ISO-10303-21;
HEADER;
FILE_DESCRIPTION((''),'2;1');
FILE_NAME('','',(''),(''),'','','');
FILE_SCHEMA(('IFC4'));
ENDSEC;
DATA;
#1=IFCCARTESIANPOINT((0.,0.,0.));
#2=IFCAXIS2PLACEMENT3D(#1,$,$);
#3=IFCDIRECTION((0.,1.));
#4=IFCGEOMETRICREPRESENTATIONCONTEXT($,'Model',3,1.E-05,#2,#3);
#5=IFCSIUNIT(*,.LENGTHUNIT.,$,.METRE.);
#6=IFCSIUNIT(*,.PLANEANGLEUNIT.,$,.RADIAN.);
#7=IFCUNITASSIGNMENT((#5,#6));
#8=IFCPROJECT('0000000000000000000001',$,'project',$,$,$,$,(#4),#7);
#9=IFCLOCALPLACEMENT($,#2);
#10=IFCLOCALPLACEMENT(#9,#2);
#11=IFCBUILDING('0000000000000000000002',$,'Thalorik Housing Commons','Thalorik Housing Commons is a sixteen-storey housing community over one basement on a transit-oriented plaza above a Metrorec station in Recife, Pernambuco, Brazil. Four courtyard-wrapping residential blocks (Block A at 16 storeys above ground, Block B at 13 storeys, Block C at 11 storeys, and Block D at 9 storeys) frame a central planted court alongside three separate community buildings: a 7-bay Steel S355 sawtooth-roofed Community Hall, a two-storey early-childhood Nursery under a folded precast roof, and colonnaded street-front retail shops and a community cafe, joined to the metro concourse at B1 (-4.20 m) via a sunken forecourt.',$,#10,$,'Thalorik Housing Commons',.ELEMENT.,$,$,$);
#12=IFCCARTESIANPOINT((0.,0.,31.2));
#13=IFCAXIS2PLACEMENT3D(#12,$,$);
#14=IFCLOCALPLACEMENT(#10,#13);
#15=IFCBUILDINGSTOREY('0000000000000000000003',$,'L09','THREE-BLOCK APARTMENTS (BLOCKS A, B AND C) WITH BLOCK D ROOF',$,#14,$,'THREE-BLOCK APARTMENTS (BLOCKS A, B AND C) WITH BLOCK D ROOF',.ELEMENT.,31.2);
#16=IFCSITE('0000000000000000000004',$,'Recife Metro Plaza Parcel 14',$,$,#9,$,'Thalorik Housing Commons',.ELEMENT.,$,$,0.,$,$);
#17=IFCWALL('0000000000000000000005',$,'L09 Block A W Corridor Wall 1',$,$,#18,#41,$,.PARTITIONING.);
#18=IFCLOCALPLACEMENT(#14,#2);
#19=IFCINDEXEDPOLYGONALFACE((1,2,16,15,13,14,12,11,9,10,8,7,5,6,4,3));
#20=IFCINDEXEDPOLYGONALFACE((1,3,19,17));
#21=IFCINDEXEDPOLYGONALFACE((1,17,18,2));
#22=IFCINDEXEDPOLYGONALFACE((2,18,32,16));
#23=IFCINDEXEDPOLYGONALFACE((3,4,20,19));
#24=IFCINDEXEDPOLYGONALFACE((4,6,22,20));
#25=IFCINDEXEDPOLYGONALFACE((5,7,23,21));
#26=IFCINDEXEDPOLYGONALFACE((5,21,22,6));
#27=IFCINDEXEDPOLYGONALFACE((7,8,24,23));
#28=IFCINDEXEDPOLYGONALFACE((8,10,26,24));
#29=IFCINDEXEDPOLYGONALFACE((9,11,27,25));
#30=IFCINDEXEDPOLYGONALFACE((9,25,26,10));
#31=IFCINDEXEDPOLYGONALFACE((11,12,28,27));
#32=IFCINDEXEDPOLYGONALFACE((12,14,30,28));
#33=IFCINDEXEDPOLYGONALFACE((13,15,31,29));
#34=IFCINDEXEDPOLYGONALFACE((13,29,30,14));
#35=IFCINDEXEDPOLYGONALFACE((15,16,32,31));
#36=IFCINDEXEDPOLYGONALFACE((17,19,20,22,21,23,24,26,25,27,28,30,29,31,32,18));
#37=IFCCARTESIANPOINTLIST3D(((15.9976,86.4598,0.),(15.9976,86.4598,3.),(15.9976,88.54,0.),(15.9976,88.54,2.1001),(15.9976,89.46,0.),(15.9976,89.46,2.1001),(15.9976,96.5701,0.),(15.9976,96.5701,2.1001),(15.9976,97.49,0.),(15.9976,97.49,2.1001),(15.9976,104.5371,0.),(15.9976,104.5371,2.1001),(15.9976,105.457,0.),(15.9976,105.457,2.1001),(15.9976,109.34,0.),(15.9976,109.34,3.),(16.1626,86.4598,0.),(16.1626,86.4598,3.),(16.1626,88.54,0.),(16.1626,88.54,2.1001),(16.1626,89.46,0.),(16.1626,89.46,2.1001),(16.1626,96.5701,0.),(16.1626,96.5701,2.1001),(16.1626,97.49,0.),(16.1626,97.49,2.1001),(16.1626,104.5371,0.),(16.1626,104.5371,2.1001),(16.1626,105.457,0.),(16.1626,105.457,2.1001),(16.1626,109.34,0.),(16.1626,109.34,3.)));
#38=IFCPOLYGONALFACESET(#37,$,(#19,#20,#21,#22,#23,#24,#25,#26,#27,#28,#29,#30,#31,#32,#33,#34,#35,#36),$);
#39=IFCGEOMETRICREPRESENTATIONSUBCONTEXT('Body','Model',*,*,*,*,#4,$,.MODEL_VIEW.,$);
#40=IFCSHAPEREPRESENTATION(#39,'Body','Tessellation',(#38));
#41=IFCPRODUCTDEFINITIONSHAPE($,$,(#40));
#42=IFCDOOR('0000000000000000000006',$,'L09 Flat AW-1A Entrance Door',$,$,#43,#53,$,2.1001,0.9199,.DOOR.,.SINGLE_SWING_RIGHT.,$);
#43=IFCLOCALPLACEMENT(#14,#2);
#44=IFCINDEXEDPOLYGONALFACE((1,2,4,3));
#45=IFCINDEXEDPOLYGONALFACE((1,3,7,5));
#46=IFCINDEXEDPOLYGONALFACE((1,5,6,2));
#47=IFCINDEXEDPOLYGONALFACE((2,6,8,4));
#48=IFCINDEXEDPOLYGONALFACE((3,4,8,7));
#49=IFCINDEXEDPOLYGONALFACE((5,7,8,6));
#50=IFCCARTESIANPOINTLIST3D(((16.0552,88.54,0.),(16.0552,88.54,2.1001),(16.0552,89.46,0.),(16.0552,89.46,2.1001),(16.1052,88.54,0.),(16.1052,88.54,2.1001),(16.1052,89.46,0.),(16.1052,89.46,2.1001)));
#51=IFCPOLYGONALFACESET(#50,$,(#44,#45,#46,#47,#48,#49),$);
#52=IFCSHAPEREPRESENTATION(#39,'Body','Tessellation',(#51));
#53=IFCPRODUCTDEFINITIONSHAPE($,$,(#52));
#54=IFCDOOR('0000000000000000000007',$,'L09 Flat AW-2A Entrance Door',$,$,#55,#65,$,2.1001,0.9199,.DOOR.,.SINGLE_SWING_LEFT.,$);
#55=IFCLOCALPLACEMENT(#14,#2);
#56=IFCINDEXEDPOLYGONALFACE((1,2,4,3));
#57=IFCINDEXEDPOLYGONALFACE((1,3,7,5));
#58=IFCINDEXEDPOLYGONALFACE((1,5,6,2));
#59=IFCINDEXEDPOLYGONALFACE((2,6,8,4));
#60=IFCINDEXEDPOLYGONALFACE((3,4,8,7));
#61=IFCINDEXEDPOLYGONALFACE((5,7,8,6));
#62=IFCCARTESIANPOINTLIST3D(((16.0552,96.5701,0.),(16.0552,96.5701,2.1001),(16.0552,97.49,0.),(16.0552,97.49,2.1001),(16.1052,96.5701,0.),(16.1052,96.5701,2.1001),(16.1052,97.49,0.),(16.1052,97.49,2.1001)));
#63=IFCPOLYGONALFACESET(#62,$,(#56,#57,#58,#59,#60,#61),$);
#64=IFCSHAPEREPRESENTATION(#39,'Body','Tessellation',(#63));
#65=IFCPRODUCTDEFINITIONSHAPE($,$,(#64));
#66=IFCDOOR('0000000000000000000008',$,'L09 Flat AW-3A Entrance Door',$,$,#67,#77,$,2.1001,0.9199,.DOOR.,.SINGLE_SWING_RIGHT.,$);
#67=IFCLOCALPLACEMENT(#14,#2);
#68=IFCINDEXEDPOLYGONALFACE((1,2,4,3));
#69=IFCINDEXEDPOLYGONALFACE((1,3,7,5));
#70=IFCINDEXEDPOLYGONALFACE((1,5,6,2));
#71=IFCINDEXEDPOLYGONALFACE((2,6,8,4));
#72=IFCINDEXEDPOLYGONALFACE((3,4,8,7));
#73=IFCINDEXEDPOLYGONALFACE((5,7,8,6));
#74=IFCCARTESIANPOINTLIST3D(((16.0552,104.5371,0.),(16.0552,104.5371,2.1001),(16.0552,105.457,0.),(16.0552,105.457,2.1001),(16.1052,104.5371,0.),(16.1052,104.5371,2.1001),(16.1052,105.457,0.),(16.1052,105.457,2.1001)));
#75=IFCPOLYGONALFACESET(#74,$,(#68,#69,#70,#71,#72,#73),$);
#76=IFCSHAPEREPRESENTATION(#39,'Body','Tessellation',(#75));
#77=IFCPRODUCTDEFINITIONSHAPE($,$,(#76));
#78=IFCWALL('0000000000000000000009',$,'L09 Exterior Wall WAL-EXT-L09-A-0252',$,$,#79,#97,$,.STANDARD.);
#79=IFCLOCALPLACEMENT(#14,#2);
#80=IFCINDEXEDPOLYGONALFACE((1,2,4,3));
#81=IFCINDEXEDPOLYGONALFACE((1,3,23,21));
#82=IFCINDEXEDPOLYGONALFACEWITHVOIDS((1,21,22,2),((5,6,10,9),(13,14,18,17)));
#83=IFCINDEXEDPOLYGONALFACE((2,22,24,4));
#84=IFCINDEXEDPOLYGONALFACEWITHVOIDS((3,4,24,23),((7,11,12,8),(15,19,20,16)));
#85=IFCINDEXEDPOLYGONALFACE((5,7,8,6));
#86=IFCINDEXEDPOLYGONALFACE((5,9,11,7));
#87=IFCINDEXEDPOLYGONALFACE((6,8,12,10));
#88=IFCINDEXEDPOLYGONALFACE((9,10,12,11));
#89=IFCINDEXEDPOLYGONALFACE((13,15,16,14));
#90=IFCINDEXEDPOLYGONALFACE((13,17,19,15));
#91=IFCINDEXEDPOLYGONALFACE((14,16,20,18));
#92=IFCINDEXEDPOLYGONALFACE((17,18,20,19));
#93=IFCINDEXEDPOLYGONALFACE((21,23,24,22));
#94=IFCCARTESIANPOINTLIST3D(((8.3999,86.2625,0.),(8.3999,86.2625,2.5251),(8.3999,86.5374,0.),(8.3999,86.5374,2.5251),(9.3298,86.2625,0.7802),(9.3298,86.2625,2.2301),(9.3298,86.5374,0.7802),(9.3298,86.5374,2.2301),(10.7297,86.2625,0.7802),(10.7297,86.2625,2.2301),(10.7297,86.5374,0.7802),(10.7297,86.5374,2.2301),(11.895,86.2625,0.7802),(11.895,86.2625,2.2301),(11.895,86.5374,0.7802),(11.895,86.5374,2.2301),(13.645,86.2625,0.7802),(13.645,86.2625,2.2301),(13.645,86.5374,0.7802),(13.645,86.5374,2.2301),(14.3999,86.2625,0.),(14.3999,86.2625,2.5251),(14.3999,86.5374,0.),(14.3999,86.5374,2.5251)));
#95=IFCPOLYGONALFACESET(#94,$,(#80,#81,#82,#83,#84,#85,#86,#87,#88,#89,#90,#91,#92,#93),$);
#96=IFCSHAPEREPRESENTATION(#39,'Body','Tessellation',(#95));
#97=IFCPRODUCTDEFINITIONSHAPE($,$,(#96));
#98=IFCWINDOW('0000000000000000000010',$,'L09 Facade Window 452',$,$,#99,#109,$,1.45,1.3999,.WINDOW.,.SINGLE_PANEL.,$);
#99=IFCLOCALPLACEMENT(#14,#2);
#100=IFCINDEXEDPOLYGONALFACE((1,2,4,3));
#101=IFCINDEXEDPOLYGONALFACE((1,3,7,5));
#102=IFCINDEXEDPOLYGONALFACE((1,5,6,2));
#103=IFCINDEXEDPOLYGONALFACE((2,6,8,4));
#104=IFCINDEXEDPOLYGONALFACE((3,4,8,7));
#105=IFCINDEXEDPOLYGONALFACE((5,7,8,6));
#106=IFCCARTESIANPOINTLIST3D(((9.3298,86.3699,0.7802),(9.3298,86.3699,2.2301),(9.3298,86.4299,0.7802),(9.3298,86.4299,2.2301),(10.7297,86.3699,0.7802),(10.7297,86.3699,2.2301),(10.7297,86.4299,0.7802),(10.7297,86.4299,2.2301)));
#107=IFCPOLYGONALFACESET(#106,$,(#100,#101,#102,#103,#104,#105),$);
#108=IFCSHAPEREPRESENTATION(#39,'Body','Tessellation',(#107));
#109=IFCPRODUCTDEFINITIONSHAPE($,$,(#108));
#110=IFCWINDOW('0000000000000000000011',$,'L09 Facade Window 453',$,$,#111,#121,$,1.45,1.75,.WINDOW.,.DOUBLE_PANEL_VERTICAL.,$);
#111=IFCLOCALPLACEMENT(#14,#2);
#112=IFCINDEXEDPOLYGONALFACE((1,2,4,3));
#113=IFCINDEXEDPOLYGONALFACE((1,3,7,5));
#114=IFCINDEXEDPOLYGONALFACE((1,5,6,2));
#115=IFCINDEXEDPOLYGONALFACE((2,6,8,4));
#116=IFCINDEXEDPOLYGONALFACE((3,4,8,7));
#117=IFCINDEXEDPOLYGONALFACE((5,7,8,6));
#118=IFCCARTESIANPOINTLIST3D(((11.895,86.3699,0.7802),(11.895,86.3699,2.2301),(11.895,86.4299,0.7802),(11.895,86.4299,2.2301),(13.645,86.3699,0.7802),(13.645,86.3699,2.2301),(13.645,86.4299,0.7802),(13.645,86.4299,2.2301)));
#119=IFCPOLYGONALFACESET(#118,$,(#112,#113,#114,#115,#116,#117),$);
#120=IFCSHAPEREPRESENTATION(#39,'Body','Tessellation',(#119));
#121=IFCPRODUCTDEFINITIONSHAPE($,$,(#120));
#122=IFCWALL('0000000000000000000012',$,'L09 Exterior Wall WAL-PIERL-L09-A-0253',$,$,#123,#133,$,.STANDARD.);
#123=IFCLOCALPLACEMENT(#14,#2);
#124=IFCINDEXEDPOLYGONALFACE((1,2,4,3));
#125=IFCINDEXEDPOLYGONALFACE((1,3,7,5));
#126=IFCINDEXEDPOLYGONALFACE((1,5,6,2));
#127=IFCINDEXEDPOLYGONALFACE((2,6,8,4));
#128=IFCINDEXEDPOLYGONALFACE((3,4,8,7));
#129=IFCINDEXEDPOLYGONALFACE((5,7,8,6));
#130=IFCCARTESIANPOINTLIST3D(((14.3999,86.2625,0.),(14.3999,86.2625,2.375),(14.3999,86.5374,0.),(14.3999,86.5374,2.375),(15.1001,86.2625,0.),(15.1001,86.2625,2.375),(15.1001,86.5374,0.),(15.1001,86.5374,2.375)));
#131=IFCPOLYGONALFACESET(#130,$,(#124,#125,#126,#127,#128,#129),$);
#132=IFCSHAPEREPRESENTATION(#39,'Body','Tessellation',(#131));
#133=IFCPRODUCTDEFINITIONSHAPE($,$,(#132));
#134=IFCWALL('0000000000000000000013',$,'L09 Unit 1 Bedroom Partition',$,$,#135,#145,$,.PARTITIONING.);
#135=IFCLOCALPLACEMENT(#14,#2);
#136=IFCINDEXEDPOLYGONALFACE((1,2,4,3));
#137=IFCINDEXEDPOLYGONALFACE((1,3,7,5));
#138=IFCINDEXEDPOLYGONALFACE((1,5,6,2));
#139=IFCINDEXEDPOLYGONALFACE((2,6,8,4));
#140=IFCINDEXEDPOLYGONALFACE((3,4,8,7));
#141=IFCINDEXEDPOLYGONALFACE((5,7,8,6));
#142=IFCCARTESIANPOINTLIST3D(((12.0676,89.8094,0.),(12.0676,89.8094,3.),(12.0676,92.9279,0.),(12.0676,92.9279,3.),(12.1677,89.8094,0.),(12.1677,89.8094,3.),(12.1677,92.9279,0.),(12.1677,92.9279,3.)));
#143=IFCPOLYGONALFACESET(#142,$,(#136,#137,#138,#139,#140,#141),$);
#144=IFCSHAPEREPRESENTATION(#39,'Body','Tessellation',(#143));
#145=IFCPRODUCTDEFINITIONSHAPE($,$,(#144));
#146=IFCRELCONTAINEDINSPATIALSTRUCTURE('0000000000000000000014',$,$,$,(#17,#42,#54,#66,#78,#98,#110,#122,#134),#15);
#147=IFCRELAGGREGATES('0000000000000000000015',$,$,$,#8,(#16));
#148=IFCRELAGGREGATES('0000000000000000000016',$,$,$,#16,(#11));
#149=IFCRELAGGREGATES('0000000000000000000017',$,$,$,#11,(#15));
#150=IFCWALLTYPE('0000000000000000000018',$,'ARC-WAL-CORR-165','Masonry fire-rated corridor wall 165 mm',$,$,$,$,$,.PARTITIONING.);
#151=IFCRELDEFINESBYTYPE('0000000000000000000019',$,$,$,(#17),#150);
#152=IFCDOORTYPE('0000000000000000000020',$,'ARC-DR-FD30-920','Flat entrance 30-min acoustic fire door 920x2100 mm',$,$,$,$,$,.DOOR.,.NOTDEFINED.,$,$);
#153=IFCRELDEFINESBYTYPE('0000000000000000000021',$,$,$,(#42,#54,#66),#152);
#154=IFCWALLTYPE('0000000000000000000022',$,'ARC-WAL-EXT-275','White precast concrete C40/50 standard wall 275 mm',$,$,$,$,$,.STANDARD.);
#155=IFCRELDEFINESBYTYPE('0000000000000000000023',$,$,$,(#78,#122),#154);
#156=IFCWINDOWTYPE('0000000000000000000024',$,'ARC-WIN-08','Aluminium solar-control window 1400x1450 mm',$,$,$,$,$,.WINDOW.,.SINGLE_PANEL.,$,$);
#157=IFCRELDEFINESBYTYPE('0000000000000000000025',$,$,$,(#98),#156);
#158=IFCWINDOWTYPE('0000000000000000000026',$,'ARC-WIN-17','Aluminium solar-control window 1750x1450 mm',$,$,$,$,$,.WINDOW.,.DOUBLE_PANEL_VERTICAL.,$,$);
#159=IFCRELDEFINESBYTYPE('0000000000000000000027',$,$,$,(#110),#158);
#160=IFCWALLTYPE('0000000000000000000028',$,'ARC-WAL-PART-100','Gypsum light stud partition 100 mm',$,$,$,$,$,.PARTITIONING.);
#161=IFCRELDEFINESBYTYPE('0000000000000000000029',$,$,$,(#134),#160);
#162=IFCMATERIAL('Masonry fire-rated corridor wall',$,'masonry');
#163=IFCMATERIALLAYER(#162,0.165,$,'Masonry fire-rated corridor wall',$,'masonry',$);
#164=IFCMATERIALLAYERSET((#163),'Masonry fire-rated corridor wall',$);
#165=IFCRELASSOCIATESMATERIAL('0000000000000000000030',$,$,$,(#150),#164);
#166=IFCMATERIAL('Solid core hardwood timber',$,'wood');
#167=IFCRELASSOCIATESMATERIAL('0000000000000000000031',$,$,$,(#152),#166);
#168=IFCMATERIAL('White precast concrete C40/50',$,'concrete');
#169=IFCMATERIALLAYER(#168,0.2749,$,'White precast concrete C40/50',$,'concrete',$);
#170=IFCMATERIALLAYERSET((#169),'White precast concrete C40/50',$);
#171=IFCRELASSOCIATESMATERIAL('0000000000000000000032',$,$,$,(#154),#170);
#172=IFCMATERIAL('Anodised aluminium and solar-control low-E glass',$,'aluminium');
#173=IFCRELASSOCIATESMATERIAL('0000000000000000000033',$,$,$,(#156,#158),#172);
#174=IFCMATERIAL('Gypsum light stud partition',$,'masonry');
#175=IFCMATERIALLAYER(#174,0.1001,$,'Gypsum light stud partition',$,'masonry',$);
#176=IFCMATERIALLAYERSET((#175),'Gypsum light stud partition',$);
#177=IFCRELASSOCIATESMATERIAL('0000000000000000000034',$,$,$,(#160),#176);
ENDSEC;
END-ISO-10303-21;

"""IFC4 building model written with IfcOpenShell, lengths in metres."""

from ifc_helpers import new_model, si_unit, direction, frame, frame_2d, origin, place, context, subcontext, project, spatial, rectangle, extrude, material, layer, layer_set, type_object, element, fill, save


model = new_model("IFC4")

# Units and contexts
model_context = context("Model", 3, precision=1e-05, world=origin(), true_north=direction((0.0, 1.0)))
body_context = subcontext(model_context, "Body", "Model", "MODEL_VIEW")
ifc_project = project(units=[si_unit("LENGTHUNIT", "METRE"), si_unit("PLANEANGLEUNIT", "RADIAN")], contexts=[model_context])

# Site, building, storey
site_placement = place(None, origin())
site = spatial("IfcSite", under=ifc_project, at=site_placement, Name="Recife Metro Plaza Parcel 14", LongName="Thalorik Housing Commons", CompositionType="ELEMENT", RefElevation=0.0)
building_placement = place(site_placement, origin())
building = spatial("IfcBuilding", under=site, at=building_placement, Name="Thalorik Housing Commons", Description="Thalorik Housing Commons is a sixteen-storey housing community over one basement on a transit-oriented plaza above a Metrorec station in Recife, Pernambuco, Brazil. Four courtyard-wrapping residential blocks (Block A at 16 storeys above ground, Block B at 13 storeys, Block C at 11 storeys, and Block D at 9 storeys) frame a central planted court alongside three separate community buildings: a 7-bay Steel S355 sawtooth-roofed Community Hall, a two-storey early-childhood Nursery under a folded precast roof, and colonnaded street-front retail shops and a community cafe, joined to the metro concourse at B1 (-4.20 m) via a sunken forecourt.", LongName="Thalorik Housing Commons", CompositionType="ELEMENT")
storey_placement = place(building_placement, frame((0.0, 0.0, 31.2)))
storey = spatial("IfcBuildingStorey", under=building, at=storey_placement, Name="L09", Description="THREE-BLOCK APARTMENTS (BLOCKS A, B AND C) WITH BLOCK D ROOF", LongName="THREE-BLOCK APARTMENTS (BLOCKS A, B AND C) WITH BLOCK D ROOF", CompositionType="ELEMENT", Elevation=31.2)

# Shared definitions
ifc_material_1 = material(Name="Anodised aluminium and solar-control low-E glass", Category="aluminium")

# Wall, openings, doors
ifc_material_2 = material(Name="Masonry fire-rated corridor wall", Category="masonry")
ifc_layer_1 = layer(ifc_material_2, 0.165, Name="Masonry fire-rated corridor wall", Category="masonry")
ifc_layer_set_1 = layer_set([ifc_layer_1], Name="Masonry fire-rated corridor wall")
wall_type_1 = type_object("IfcWallType", Name="ARC-WAL-CORR-165", Description="Masonry fire-rated corridor wall 165 mm", PredefinedType="PARTITIONING", material=ifc_layer_set_1)
wall_1_placement = place(storey_placement, frame((16.0801, 86.46, 0.0), z_axis=(0.0, 0.0, 1.0), x_axis=(0.0, 1.0, 0.0)))
wall_1 = element("IfcWall", 1, at=wall_1_placement, inside=storey, type_object=wall_type_1, Name="L09 Block A W Corridor Wall 1", PredefinedType="PARTITIONING", context=body_context, shape_type="SweptSolid", body=[
    extrude(rectangle(XDim=22.8801, YDim=0.165, at=frame_2d((11.4399, 0.0))), origin(), (0.0, 0.0, 1.0), 3.0),
])
opening_1_placement = place(wall_1_placement, frame((2.0801, 0.0, 0.0)))
opening_1 = element("IfcOpeningElement", 2, at=opening_1_placement, cuts=wall_1, PredefinedType="OPENING", context=body_context, shape_type="SweptSolid", body=[
    extrude(rectangle(XDim=0.9199, YDim=2.1001, at=frame_2d((0.46, 1.05))), frame((0.0, 0.0925, 0.0), z_axis=(0.0, -1.0, 0.0), x_axis=(1.0, 0.0, 0.0)), (0.0, 0.0, 1.0), 0.1851),
])
opening_2_placement = place(wall_1_placement, frame((10.1101, 0.0, 0.0)))
opening_2 = element("IfcOpeningElement", 3, at=opening_2_placement, cuts=wall_1, PredefinedType="OPENING", context=body_context, shape_type="SweptSolid", body=[
    extrude(rectangle(XDim=0.9199, YDim=2.1001, at=frame_2d((0.46, 1.05))), frame((0.0, 0.0925, 0.0), z_axis=(0.0, -1.0, 0.0), x_axis=(1.0, 0.0, 0.0)), (0.0, 0.0, 1.0), 0.1851),
])
opening_3_placement = place(wall_1_placement, frame((18.0771, 0.0, 0.0)))
opening_3 = element("IfcOpeningElement", 4, at=opening_3_placement, cuts=wall_1, PredefinedType="OPENING", context=body_context, shape_type="SweptSolid", body=[
    extrude(rectangle(XDim=0.9199, YDim=2.1001, at=frame_2d((0.46, 1.05))), frame((0.0, 0.0925, 0.0), z_axis=(0.0, -1.0, 0.0), x_axis=(1.0, 0.0, 0.0)), (0.0, 0.0, 1.0), 0.1851),
])
ifc_material_3 = material(Name="Solid core hardwood timber", Category="wood")
door_type_1 = type_object("IfcDoorType", Name="ARC-DR-FD30-920", Description="Flat entrance 30-min acoustic fire door 920x2100 mm", OperationType="NOTDEFINED", PredefinedType="DOOR", material=ifc_material_3)
door_1_placement = place(opening_1_placement, origin())
door_1 = element("IfcDoor", 5, at=door_1_placement, inside=storey, type_object=door_type_1, Name="L09 Flat AW-1A Entrance Door", OperationType="SINGLE_SWING_RIGHT", OverallHeight=2.1001, OverallWidth=0.9199, PredefinedType="DOOR", context=body_context, shape_type="SweptSolid", body=[
    extrude(rectangle(XDim=0.9199, YDim=2.1001, at=frame_2d((0.46, 1.05))), frame((0.0, 0.0249, 0.0), z_axis=(0.0, -1.0, 0.0), x_axis=(1.0, 0.0, 0.0)), (0.0, 0.0, 1.0), 0.05),
])
fill(opening_1, door_1)
door_2_placement = place(opening_2_placement, origin())
door_2 = element("IfcDoor", 6, at=door_2_placement, inside=storey, type_object=door_type_1, Name="L09 Flat AW-2A Entrance Door", OperationType="SINGLE_SWING_LEFT", OverallHeight=2.1001, OverallWidth=0.9199, PredefinedType="DOOR", context=body_context, shape_type="SweptSolid", body=[
    extrude(rectangle(XDim=0.9199, YDim=2.1001, at=frame_2d((0.46, 1.05))), frame((0.0, 0.0249, 0.0), z_axis=(0.0, -1.0, 0.0), x_axis=(1.0, 0.0, 0.0)), (0.0, 0.0, 1.0), 0.05),
])
fill(opening_2, door_2)
door_3_placement = place(opening_3_placement, origin())
door_3 = element("IfcDoor", 7, at=door_3_placement, inside=storey, type_object=door_type_1, Name="L09 Flat AW-3A Entrance Door", OperationType="SINGLE_SWING_RIGHT", OverallHeight=2.1001, OverallWidth=0.9199, PredefinedType="DOOR", context=body_context, shape_type="SweptSolid", body=[
    extrude(rectangle(XDim=0.9199, YDim=2.1001, at=frame_2d((0.46, 1.05))), frame((0.0, 0.0249, 0.0), z_axis=(0.0, -1.0, 0.0), x_axis=(1.0, 0.0, 0.0)), (0.0, 0.0, 1.0), 0.05),
])
fill(opening_3, door_3)

# Wall, openings, windows
ifc_material_4 = material(Name="White precast concrete C40/50", Category="concrete")
ifc_layer_2 = layer(ifc_material_4, 0.2749, Name="White precast concrete C40/50", Category="concrete")
ifc_layer_set_2 = layer_set([ifc_layer_2], Name="White precast concrete C40/50")
wall_type_2 = type_object("IfcWallType", Name="ARC-WAL-EXT-275", Description="White precast concrete C40/50 standard wall 275 mm", PredefinedType="STANDARD", material=ifc_layer_set_2)
wall_2_placement = place(storey_placement, frame((8.3999, 86.3999, 0.0), z_axis=(0.0, 0.0, 1.0), x_axis=(1.0, 0.0, 0.0)))
wall_2 = element("IfcWall", 8, at=wall_2_placement, inside=storey, type_object=wall_type_2, Name="L09 Exterior Wall WAL-EXT-L09-A-0252", PredefinedType="STANDARD", context=body_context, shape_type="SweptSolid", body=[
    extrude(rectangle(XDim=6.0, YDim=0.2749, at=frame_2d((3.0, 0.0))), origin(), (0.0, 0.0, 1.0), 2.5251),
])
opening_4_placement = place(wall_2_placement, frame((0.9299, 0.0, 0.78)))
opening_4 = element("IfcOpeningElement", 9, at=opening_4_placement, cuts=wall_2, PredefinedType="OPENING", context=body_context, shape_type="SweptSolid", body=[
    extrude(rectangle(XDim=1.3999, YDim=1.45, at=frame_2d((0.7, 0.7251))), frame((0.0, 0.1475, 0.0), z_axis=(0.0, -1.0, 0.0), x_axis=(1.0, 0.0, 0.0)), (0.0, 0.0, 1.0), 0.2949),
])
opening_5_placement = place(wall_2_placement, frame((3.4951, 0.0, 0.78)))
opening_5 = element("IfcOpeningElement", 10, at=opening_5_placement, cuts=wall_2, PredefinedType="OPENING", context=body_context, shape_type="SweptSolid", body=[
    extrude(rectangle(XDim=1.75, YDim=1.45, at=frame_2d((0.875, 0.7251))), frame((0.0, 0.1475, 0.0), z_axis=(0.0, -1.0, 0.0), x_axis=(1.0, 0.0, 0.0)), (0.0, 0.0, 1.0), 0.2949),
])
window_type_1 = type_object("IfcWindowType", Name="ARC-WIN-08", Description="Aluminium solar-control window 1400x1450 mm", PartitioningType="SINGLE_PANEL", PredefinedType="WINDOW", material=ifc_material_1)
window_1_placement = place(opening_4_placement, origin())
window_1 = element("IfcWindow", 11, at=window_1_placement, inside=storey, type_object=window_type_1, Name="L09 Facade Window 452", OverallHeight=1.45, OverallWidth=1.3999, PartitioningType="SINGLE_PANEL", PredefinedType="WINDOW", context=body_context, shape_type="SweptSolid", body=[
    extrude(rectangle(XDim=1.3999, YDim=1.45, at=frame_2d((0.7, 0.7251))), frame((0.0, 0.03, 0.0), z_axis=(0.0, -1.0, 0.0), x_axis=(1.0, 0.0, 0.0)), (0.0, 0.0, 1.0), 0.0601),
])
fill(opening_4, window_1)
window_type_2 = type_object("IfcWindowType", Name="ARC-WIN-17", Description="Aluminium solar-control window 1750x1450 mm", PartitioningType="DOUBLE_PANEL_VERTICAL", PredefinedType="WINDOW", material=ifc_material_1)
window_2_placement = place(opening_5_placement, origin())
window_2 = element("IfcWindow", 12, at=window_2_placement, inside=storey, type_object=window_type_2, Name="L09 Facade Window 453", OverallHeight=1.45, OverallWidth=1.75, PartitioningType="DOUBLE_PANEL_VERTICAL", PredefinedType="WINDOW", context=body_context, shape_type="SweptSolid", body=[
    extrude(rectangle(XDim=1.75, YDim=1.45, at=frame_2d((0.875, 0.7251))), frame((0.0, 0.03, 0.0), z_axis=(0.0, -1.0, 0.0), x_axis=(1.0, 0.0, 0.0)), (0.0, 0.0, 1.0), 0.0601),
])
fill(opening_5, window_2)

# Walls
wall_3_placement = place(storey_placement, frame((14.3999, 86.3999, 0.0), z_axis=(0.0, 0.0, 1.0), x_axis=(1.0, 0.0, 0.0)))
element("IfcWall", 13, at=wall_3_placement, inside=storey, type_object=wall_type_2, Name="L09 Exterior Wall WAL-PIERL-L09-A-0253", PredefinedType="STANDARD", context=body_context, shape_type="SweptSolid", body=[
    extrude(rectangle(XDim=0.7002, YDim=0.2749, at=frame_2d((0.3501, 0.0))), origin(), (0.0, 0.0, 1.0), 2.375),
])
ifc_material_5 = material(Name="Gypsum light stud partition", Category="masonry")
ifc_layer_3 = layer(ifc_material_5, 0.1001, Name="Gypsum light stud partition", Category="masonry")
ifc_layer_set_3 = layer_set([ifc_layer_3], Name="Gypsum light stud partition")
wall_type_3 = type_object("IfcWallType", Name="ARC-WAL-PART-100", Description="Gypsum light stud partition 100 mm", PredefinedType="PARTITIONING", material=ifc_layer_set_3)
wall_4_placement = place(storey_placement, frame((12.1177, 89.8096, 0.0), z_axis=(0.0, 0.0, 1.0), x_axis=(0.0, 1.0, 0.0)))
element("IfcWall", 14, at=wall_4_placement, inside=storey, type_object=wall_type_3, Name="L09 Unit 1 Bedroom Partition", PredefinedType="PARTITIONING", context=body_context, shape_type="SweptSolid", body=[
    extrude(rectangle(XDim=3.1184, YDim=0.1001, at=frame_2d((1.5591, 0.0))), origin(), (0.0, 0.0, 1.0), 3.0),
])

save(model, "model.ifc")
